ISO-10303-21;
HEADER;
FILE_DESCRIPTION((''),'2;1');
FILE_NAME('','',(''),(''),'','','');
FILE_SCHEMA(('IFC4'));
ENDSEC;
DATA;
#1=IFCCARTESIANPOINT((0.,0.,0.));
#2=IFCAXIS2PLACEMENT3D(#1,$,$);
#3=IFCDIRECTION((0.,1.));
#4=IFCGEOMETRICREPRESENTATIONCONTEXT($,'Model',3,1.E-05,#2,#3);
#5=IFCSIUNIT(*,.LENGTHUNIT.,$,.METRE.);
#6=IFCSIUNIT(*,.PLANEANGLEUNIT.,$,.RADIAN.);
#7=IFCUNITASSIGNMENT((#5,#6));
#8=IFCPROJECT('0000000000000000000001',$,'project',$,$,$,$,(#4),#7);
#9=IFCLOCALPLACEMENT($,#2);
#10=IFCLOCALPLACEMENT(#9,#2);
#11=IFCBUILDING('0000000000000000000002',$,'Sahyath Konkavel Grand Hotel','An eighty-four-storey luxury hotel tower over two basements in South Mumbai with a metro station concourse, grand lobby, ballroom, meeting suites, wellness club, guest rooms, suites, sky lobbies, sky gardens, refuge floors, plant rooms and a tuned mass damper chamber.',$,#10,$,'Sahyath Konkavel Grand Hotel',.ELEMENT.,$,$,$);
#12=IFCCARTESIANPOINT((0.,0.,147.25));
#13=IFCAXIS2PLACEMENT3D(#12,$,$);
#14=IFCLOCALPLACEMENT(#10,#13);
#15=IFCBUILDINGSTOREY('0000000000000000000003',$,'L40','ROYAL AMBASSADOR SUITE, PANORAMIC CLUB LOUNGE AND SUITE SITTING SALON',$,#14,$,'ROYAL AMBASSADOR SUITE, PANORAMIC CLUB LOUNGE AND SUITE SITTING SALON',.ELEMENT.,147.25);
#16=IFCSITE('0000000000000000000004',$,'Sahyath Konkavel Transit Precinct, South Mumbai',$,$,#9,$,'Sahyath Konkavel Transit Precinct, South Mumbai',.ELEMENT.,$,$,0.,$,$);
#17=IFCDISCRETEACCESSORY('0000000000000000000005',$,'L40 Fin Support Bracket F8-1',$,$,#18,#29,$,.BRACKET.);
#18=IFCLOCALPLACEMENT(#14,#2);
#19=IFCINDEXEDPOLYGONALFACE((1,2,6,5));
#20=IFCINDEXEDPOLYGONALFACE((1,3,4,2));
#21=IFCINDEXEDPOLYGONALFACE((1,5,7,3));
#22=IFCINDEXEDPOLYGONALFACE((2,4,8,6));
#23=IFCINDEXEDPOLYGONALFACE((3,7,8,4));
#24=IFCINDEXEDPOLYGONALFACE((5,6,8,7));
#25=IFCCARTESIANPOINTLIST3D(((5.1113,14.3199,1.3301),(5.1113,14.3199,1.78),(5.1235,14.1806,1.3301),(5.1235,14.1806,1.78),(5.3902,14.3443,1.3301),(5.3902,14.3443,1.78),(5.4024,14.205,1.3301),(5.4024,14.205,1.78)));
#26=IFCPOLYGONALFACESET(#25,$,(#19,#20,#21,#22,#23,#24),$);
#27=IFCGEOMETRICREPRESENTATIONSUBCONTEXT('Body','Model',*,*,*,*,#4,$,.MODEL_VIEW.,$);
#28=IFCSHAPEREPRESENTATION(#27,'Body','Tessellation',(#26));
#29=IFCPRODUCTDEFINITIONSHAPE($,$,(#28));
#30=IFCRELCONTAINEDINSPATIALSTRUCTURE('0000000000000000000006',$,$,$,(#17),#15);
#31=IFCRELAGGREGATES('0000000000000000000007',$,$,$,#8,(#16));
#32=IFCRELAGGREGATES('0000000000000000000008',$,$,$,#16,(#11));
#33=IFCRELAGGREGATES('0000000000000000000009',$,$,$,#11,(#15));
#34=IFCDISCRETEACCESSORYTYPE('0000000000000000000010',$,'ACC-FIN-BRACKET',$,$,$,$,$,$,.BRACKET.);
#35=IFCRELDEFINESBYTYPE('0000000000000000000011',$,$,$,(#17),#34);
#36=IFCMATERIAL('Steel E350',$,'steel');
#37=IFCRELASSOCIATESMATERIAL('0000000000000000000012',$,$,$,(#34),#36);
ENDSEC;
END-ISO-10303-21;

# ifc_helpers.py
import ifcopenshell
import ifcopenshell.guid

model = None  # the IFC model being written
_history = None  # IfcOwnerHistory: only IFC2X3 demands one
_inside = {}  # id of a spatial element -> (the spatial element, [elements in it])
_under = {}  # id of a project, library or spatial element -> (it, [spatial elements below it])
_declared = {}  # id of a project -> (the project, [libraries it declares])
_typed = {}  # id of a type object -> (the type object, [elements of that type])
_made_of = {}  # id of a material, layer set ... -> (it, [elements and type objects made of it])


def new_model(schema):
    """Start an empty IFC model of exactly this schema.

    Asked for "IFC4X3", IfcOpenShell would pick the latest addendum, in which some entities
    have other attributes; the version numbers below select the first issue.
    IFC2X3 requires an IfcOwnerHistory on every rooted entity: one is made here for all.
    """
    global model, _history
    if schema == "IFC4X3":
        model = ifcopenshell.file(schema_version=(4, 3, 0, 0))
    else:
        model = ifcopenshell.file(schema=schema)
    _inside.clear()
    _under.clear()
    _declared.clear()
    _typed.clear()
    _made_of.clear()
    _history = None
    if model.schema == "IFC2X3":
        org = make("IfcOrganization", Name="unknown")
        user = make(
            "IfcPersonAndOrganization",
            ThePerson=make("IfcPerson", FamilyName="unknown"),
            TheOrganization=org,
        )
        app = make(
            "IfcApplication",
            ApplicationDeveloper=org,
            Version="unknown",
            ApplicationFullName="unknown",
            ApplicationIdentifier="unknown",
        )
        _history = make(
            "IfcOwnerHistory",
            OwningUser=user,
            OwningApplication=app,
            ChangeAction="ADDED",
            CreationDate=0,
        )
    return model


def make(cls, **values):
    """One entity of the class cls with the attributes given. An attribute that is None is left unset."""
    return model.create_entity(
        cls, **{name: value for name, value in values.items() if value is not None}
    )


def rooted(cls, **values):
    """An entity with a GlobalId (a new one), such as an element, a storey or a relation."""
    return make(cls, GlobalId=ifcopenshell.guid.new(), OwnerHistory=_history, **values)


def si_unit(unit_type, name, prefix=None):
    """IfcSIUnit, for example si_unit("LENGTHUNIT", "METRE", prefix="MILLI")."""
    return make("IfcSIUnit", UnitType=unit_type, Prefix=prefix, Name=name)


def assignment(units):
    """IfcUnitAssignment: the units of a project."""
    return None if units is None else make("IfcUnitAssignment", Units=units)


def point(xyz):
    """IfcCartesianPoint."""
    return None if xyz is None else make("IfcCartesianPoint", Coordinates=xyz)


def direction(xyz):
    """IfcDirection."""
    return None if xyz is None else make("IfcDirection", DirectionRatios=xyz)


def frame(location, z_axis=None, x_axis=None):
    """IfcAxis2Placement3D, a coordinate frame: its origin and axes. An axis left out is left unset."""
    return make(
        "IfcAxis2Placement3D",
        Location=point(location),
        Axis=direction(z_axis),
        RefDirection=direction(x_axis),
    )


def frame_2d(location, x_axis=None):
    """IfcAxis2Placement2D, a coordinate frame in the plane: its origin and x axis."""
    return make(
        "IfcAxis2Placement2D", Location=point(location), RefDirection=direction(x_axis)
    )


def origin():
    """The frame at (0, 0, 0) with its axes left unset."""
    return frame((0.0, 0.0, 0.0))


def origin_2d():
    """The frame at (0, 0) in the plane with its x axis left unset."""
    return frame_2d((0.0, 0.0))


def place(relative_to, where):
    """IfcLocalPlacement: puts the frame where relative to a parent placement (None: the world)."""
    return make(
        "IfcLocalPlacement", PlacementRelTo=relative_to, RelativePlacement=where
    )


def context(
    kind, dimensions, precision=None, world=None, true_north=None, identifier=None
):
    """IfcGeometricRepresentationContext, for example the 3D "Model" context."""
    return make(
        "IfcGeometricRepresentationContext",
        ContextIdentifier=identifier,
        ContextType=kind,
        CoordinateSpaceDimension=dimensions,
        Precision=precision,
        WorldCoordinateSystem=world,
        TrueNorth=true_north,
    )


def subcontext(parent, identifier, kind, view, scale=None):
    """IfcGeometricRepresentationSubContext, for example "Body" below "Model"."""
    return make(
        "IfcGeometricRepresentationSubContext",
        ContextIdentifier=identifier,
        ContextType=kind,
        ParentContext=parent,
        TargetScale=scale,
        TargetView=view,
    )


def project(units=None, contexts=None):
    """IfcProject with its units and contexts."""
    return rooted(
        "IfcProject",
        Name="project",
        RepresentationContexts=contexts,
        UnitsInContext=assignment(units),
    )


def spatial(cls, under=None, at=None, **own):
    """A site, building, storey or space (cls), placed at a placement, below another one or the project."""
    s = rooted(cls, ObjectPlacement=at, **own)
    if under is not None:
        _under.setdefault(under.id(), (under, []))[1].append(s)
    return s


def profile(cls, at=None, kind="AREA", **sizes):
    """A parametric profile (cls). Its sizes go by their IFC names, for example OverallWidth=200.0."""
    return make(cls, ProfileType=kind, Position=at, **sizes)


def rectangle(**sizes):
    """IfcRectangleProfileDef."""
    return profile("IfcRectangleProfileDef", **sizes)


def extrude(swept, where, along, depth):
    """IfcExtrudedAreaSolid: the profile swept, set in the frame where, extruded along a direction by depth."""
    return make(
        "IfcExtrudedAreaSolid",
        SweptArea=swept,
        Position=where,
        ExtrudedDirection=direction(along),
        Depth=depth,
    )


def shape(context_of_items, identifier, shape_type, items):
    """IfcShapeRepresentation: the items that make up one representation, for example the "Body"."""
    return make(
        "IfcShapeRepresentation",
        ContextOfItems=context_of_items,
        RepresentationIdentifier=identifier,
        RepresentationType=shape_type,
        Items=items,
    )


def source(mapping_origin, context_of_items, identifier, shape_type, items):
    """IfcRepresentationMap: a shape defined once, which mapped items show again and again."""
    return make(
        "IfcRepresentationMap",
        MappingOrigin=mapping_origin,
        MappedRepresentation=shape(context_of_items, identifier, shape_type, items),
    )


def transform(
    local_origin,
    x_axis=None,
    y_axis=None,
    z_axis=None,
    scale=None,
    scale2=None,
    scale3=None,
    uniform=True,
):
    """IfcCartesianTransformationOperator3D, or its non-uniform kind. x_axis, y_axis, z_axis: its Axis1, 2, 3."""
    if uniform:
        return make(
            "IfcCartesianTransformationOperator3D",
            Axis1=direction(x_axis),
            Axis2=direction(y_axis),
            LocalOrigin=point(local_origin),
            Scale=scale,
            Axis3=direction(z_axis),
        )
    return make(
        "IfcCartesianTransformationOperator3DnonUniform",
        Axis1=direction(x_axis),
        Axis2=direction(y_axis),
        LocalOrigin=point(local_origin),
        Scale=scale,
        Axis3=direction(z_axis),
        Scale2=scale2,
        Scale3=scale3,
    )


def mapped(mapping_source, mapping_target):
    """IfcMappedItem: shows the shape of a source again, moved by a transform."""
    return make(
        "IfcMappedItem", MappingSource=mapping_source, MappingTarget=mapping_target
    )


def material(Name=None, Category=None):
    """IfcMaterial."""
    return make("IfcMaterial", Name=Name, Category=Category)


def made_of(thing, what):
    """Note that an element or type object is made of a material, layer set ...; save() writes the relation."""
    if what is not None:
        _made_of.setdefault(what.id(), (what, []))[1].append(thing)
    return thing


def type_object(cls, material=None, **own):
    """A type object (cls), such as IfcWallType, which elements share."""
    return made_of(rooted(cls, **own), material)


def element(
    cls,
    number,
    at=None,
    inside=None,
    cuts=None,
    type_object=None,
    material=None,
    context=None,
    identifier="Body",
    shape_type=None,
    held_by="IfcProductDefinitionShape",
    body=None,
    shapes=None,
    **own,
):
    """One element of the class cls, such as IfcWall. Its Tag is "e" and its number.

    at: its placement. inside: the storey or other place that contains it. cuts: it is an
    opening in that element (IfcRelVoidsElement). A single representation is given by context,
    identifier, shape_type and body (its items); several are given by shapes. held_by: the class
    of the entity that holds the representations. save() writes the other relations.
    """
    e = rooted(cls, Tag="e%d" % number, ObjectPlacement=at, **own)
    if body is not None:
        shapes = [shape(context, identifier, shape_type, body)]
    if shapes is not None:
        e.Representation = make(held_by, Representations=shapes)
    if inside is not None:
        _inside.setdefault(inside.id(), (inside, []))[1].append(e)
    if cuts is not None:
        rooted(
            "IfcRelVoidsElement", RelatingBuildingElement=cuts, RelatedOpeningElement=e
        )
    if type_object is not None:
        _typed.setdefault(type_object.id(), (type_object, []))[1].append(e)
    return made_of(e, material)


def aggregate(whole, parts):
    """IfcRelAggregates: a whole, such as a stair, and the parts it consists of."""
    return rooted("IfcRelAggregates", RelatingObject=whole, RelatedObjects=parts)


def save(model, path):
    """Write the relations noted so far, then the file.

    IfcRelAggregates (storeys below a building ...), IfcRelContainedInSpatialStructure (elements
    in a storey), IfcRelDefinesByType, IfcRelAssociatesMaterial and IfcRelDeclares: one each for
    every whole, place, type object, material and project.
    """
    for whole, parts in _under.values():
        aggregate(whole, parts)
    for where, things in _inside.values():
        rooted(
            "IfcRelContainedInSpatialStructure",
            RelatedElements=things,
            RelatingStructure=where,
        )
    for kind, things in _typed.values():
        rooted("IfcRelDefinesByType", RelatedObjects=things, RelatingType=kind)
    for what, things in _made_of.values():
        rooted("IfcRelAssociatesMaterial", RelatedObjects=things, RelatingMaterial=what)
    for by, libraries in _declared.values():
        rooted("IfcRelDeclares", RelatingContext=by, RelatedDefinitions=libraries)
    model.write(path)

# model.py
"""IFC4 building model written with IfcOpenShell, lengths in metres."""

from ifc_helpers import new_model, si_unit, direction, frame, origin, origin_2d, place, context, subcontext, project, spatial, rectangle, extrude, source, transform, mapped, material, type_object, element, save


model = new_model("IFC4")

# Units and contexts
model_context = context("Model", 3, precision=1e-05, world=origin(), true_north=direction((0.0, 1.0)))
body_context = subcontext(model_context, "Body", "Model", "MODEL_VIEW")
ifc_project = project(units=[si_unit("LENGTHUNIT", "METRE"), si_unit("PLANEANGLEUNIT", "RADIAN")], contexts=[model_context])

# Site, building, storey
site_placement = place(None, origin())
site = spatial("IfcSite", under=ifc_project, at=site_placement, Name="Sahyath Konkavel Transit Precinct, South Mumbai", LongName="Sahyath Konkavel Transit Precinct, South Mumbai", CompositionType="ELEMENT", RefElevation=0.0)
building_placement = place(site_placement, origin())
building = spatial("IfcBuilding", under=site, at=building_placement, Name="Sahyath Konkavel Grand Hotel", Description="An eighty-four-storey luxury hotel tower over two basements in South Mumbai with a metro station concourse, grand lobby, ballroom, meeting suites, wellness club, guest rooms, suites, sky lobbies, sky gardens, refuge floors, plant rooms and a tuned mass damper chamber.", LongName="Sahyath Konkavel Grand Hotel", CompositionType="ELEMENT")
storey_placement = place(building_placement, frame((0.0, 0.0, 147.25)))
storey = spatial("IfcBuildingStorey", under=building, at=storey_placement, Name="L40", Description="ROYAL AMBASSADOR SUITE, PANORAMIC CLUB LOUNGE AND SUITE SITTING SALON", LongName="ROYAL AMBASSADOR SUITE, PANORAMIC CLUB LOUNGE AND SUITE SITTING SALON", CompositionType="ELEMENT", Elevation=147.25)

# Shared definitions
ifc_material_1 = material(Name="Steel E350", Category="steel")

# Discrete accessory
discrete_accessory_type = type_object("IfcDiscreteAccessoryType", Name="ACC-FIN-BRACKET", PredefinedType="BRACKET", material=ifc_material_1)
shared_shape_1 = source(origin(), body_context, "Body", "SweptSolid", [
    extrude(rectangle(XDim=0.28, YDim=0.1399, at=origin_2d()), origin(), (0.0, 0.0, 1.0), 0.45),
])
for number, where, z_axis, x_axis, name in (
    (1, (5.2568, 14.2625, 1.3301), (0.0, 0.0, 1.0), (0.996195, 0.087156, 0.0), "L40 Fin Support Bracket F8-1"),
):
    element("IfcDiscreteAccessory", number, at=place(storey_placement, frame(where, z_axis=z_axis, x_axis=x_axis)), inside=storey, type_object=discrete_accessory_type, Name=name, PredefinedType="BRACKET", context=body_context, shape_type="MappedRepresentation", body=[
        mapped(shared_shape_1, transform((0.0, 0.0, 0.0), scale=1.0)),
    ])

save(model, "model.ifc")
